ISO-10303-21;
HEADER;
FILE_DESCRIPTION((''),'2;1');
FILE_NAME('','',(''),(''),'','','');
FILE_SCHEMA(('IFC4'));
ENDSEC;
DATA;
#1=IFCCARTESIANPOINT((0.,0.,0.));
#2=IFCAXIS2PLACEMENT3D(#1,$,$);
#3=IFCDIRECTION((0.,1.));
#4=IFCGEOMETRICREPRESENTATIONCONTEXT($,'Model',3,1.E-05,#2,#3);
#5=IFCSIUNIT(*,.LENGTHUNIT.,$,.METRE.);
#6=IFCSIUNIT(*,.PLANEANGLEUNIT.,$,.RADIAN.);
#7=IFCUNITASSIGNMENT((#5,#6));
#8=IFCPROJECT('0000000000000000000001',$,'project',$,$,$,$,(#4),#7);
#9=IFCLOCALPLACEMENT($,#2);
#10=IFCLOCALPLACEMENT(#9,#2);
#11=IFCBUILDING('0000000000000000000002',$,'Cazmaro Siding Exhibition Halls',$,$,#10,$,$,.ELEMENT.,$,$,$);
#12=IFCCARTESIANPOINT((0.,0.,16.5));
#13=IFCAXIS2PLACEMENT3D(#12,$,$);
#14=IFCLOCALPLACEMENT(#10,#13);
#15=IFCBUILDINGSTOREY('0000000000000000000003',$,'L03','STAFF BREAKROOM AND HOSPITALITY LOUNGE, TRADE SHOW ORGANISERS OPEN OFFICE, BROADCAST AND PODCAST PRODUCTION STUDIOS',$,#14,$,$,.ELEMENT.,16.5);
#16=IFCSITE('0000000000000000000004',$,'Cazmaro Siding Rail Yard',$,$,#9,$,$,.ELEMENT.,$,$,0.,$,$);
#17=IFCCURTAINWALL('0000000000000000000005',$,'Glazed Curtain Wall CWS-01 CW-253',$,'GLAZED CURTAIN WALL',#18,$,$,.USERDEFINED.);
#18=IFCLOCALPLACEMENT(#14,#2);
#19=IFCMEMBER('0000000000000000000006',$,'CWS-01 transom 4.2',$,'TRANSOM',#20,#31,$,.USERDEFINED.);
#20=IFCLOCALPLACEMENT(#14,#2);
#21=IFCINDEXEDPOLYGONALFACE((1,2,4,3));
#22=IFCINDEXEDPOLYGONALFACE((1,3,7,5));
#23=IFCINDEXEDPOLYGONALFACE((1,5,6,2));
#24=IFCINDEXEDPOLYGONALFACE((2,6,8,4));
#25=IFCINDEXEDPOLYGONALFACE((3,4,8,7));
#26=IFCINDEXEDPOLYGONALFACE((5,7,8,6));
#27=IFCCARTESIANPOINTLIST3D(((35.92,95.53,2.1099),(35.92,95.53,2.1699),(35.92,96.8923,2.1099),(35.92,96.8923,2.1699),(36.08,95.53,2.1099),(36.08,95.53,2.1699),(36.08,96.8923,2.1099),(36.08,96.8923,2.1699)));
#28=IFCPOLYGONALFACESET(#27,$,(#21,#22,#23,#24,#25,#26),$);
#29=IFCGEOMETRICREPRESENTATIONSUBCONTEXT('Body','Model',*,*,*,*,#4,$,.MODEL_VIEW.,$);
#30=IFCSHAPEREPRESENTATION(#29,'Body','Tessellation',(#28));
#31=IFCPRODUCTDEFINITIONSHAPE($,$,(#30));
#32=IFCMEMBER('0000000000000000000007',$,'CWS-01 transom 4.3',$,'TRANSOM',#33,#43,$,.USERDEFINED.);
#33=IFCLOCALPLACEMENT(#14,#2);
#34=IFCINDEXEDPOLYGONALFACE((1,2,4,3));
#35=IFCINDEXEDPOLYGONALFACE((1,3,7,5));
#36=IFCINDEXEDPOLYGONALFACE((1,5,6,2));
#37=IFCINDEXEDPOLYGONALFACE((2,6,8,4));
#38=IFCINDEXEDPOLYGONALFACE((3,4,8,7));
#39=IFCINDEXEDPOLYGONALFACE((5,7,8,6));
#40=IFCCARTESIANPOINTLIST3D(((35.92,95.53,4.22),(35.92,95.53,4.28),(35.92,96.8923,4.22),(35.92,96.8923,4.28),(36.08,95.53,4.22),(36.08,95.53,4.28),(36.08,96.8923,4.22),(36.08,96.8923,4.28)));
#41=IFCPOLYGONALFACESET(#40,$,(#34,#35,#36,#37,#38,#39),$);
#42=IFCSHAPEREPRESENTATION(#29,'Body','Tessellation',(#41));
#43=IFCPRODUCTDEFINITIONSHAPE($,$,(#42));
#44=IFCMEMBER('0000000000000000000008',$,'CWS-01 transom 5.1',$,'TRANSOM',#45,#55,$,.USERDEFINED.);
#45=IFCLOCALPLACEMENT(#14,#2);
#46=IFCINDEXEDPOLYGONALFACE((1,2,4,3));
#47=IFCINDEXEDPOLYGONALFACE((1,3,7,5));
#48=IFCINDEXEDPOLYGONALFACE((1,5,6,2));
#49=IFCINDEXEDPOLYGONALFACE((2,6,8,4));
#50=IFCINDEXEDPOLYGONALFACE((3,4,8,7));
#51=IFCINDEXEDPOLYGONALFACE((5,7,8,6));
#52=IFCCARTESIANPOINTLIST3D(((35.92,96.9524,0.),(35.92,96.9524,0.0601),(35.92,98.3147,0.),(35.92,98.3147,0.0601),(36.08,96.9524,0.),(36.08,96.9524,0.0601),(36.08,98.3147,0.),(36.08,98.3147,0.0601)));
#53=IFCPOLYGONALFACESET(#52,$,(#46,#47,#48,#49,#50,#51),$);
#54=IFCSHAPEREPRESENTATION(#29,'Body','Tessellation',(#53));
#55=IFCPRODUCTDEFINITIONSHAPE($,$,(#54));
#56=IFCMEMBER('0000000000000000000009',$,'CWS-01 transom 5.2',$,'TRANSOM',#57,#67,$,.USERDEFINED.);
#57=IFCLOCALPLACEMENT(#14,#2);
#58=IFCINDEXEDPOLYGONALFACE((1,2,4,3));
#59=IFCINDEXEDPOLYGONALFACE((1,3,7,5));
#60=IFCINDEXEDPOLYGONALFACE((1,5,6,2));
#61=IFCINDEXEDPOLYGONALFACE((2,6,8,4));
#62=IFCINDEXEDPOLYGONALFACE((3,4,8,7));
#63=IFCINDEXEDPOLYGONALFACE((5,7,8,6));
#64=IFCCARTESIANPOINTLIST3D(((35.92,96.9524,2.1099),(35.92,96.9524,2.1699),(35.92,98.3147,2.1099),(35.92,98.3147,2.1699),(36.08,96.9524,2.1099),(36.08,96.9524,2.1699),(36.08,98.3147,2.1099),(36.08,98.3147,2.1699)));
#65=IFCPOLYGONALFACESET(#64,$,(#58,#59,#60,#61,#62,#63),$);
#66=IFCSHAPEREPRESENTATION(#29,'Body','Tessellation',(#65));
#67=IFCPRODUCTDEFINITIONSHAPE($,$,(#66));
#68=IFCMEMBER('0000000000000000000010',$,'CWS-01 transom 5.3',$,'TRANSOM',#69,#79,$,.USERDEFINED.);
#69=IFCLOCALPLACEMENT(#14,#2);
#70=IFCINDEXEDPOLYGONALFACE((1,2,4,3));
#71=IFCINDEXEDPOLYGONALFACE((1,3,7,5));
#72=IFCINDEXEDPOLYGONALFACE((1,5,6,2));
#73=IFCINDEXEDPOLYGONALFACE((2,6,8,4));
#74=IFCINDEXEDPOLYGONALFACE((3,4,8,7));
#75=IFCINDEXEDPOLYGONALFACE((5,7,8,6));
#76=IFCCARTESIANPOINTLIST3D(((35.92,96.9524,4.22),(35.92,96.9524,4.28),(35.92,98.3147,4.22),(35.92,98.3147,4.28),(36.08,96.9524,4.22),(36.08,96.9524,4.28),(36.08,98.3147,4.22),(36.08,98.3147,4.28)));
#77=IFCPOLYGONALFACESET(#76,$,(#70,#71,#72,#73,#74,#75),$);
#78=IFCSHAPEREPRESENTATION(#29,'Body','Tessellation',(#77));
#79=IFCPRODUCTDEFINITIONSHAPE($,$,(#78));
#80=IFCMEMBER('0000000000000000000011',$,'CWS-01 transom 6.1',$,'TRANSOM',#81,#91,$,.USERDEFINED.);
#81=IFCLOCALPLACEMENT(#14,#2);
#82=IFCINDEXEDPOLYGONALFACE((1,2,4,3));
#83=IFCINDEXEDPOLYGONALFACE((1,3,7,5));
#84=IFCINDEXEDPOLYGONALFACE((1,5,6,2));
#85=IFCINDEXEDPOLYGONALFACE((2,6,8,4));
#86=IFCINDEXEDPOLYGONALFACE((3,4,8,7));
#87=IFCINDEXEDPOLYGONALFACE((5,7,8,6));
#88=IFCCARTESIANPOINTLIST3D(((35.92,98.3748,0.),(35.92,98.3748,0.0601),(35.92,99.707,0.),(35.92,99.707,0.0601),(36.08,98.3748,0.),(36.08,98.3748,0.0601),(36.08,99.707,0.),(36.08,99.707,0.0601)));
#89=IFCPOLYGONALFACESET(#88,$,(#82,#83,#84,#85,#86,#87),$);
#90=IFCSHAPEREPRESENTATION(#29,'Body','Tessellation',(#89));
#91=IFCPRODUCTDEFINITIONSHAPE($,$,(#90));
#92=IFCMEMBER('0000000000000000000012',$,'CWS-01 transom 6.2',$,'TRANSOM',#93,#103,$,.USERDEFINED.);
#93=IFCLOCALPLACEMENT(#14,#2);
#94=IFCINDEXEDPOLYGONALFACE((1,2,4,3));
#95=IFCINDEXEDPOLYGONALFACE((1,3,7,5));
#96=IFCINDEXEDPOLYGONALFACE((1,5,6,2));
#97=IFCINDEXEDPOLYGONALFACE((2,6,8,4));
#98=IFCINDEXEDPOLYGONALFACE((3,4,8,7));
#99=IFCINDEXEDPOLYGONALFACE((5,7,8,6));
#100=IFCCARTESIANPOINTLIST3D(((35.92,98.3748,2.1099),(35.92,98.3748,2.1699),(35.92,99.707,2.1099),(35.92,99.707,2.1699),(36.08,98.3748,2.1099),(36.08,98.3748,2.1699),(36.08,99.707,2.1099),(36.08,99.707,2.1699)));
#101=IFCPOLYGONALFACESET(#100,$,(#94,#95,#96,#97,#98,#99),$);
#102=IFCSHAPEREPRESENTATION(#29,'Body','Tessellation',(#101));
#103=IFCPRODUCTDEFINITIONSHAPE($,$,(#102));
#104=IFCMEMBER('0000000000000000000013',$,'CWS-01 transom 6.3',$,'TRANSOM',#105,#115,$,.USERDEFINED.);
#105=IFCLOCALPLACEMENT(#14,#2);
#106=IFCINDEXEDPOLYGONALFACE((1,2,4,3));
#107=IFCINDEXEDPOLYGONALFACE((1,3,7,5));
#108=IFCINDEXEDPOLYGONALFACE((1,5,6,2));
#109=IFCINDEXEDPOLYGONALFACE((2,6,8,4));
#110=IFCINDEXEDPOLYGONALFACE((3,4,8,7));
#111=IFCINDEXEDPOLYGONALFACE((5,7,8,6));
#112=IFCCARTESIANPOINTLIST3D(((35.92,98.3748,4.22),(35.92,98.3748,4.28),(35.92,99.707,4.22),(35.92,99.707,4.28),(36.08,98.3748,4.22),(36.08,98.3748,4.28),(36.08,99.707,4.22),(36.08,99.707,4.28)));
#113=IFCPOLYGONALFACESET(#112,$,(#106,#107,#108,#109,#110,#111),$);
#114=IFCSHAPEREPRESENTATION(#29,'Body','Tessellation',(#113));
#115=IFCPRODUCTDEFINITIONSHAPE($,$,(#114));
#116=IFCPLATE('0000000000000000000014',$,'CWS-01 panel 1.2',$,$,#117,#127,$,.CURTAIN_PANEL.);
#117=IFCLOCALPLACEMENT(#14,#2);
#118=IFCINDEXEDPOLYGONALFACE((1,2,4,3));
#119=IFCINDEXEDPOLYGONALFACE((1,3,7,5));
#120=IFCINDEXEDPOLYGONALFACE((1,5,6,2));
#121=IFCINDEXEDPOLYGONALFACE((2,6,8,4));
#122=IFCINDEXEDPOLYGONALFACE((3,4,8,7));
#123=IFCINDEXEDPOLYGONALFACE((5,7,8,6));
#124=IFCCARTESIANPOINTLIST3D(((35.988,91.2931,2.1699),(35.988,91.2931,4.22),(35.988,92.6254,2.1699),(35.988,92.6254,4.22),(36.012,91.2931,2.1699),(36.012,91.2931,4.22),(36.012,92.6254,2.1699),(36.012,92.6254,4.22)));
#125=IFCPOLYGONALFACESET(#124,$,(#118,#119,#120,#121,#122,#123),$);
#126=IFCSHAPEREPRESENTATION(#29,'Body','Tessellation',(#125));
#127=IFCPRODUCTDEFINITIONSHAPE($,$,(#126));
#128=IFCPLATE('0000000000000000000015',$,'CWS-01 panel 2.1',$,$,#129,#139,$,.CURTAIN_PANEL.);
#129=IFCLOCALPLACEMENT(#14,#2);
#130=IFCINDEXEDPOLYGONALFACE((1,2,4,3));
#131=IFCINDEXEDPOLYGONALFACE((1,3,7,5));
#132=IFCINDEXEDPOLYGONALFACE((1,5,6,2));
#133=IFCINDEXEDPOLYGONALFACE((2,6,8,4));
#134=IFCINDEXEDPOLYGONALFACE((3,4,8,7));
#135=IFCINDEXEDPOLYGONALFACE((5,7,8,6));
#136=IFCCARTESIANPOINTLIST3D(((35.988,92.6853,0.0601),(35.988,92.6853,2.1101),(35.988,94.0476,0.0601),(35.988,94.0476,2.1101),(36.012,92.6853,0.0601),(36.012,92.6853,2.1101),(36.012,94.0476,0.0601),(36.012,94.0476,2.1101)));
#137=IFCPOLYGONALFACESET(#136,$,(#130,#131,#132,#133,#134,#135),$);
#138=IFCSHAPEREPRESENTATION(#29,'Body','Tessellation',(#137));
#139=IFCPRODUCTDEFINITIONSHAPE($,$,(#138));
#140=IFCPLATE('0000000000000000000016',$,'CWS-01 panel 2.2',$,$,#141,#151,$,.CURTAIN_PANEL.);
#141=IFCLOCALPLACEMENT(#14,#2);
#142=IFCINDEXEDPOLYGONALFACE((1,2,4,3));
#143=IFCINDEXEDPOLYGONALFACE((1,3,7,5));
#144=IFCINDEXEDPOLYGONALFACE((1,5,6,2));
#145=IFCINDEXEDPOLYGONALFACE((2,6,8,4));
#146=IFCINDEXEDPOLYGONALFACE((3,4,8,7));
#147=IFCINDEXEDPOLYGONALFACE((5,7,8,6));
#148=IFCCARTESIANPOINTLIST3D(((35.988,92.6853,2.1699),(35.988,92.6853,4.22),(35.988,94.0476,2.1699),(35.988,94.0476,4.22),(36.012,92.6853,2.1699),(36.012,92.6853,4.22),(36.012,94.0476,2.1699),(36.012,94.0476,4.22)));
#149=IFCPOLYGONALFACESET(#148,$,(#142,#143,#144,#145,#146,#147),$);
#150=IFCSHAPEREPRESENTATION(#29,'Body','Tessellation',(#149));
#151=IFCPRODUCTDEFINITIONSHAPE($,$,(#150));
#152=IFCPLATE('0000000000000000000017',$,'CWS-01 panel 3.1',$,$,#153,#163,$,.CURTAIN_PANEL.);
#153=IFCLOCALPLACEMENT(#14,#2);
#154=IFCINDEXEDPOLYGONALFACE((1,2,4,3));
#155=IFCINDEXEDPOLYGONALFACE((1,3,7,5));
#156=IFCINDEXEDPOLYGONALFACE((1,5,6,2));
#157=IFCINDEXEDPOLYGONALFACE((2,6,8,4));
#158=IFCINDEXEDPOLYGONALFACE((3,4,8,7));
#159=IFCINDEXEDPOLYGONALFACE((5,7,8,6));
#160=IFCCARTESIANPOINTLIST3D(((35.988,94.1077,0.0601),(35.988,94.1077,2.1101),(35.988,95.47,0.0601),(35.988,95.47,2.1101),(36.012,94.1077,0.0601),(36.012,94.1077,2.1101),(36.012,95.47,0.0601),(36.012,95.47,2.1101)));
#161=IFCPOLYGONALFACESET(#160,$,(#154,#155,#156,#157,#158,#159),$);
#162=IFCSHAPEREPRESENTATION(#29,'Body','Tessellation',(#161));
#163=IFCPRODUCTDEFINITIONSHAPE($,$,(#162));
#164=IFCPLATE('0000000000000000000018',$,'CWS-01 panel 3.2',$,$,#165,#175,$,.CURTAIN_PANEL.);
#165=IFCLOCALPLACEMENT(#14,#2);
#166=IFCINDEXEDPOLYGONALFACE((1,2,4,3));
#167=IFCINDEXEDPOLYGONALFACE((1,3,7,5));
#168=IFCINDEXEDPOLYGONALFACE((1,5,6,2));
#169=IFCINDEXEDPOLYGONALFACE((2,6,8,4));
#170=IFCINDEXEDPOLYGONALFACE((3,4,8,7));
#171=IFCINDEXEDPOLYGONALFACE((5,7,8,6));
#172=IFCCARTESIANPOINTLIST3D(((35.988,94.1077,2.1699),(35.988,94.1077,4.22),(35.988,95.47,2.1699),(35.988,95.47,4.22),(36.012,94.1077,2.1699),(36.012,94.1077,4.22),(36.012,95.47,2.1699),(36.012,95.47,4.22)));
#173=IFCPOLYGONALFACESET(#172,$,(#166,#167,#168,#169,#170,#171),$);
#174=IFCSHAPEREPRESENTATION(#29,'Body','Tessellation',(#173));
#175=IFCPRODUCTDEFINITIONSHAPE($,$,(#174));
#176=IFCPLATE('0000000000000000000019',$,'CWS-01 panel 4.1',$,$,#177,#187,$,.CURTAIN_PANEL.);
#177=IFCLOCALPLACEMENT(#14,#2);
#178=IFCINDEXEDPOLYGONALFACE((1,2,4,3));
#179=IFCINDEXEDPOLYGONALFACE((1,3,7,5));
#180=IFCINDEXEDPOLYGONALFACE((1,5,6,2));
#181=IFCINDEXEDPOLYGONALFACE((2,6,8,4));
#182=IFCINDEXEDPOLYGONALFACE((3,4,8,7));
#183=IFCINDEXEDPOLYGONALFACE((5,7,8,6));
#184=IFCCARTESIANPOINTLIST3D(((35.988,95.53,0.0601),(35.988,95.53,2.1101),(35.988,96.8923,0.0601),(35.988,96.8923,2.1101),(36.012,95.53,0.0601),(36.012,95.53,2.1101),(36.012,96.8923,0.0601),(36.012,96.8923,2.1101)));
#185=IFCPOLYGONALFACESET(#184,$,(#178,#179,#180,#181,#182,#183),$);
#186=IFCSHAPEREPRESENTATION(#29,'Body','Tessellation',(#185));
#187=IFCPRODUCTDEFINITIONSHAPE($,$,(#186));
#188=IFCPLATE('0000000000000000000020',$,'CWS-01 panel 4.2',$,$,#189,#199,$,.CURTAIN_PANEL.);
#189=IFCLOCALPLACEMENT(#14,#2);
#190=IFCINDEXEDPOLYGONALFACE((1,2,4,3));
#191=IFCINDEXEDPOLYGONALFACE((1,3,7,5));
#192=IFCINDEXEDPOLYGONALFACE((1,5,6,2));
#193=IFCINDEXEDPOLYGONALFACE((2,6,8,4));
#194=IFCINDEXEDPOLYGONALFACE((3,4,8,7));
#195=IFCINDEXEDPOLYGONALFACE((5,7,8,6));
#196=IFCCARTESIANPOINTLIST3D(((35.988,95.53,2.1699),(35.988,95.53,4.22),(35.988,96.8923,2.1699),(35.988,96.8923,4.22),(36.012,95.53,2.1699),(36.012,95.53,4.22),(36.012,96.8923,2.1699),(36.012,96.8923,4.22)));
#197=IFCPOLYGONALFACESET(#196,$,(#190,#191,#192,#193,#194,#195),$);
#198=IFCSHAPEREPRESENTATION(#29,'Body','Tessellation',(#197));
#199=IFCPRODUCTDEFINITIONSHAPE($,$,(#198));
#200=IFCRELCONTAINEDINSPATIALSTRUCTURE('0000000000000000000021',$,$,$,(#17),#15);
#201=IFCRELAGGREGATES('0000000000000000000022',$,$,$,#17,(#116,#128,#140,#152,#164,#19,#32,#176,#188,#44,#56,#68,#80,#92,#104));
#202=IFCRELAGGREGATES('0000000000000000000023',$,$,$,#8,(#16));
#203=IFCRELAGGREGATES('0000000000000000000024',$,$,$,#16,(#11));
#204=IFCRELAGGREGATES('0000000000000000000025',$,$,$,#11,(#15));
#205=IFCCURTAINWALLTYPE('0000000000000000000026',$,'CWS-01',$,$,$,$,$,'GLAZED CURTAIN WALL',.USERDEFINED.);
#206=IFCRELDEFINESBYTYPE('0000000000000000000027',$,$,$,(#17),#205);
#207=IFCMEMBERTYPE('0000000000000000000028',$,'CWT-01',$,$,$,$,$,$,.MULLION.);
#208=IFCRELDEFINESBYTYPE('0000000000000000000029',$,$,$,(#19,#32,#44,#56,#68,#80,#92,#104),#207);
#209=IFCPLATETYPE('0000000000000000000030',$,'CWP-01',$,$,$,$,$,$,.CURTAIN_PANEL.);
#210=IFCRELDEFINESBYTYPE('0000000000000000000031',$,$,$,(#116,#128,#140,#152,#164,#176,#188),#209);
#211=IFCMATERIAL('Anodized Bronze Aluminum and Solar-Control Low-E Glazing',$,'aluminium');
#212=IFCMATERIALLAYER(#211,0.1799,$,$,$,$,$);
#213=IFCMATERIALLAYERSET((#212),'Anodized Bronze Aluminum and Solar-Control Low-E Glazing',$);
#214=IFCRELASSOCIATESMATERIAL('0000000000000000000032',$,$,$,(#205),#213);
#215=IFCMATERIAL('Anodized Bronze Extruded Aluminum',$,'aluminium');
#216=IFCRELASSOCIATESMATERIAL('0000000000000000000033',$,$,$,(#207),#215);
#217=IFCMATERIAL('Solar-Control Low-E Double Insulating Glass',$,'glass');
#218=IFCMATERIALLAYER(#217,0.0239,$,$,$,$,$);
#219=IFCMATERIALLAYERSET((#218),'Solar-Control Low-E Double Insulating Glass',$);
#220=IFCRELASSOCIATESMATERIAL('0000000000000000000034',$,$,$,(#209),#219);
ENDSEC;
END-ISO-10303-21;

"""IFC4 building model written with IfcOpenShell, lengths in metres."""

from ifc_helpers import new_model, si_unit, direction, frame, origin, origin_2d, place, context, subcontext, project, spatial, rectangle, extrude, material, layer, layer_set, material_profile, profile_set, type_object, element, aggregate, save


model = new_model("IFC4")

# Units and contexts
model_context = context("Model", 3, precision=1e-05, world=origin(), true_north=direction((0.0, 1.0)))
body_context = subcontext(model_context, "Body", "Model", "MODEL_VIEW")
ifc_project = project(units=[si_unit("LENGTHUNIT", "METRE"), si_unit("PLANEANGLEUNIT", "RADIAN")], contexts=[model_context])

# Site, building, storey
site_placement = place(None, origin())
site = spatial("IfcSite", under=ifc_project, at=site_placement, Name="Cazmaro Siding Rail Yard", CompositionType="ELEMENT", RefElevation=0.0)
building_placement = place(site_placement, origin())
building = spatial("IfcBuilding", under=site, at=building_placement, Name="Cazmaro Siding Exhibition Halls", CompositionType="ELEMENT")
storey_placement = place(building_placement, frame((0.0, 0.0, 16.5)))
storey = spatial("IfcBuildingStorey", under=building, at=storey_placement, Name="L03", Description="STAFF BREAKROOM AND HOSPITALITY LOUNGE, TRADE SHOW ORGANISERS OPEN OFFICE, BROADCAST AND PODCAST PRODUCTION STUDIOS", CompositionType="ELEMENT", Elevation=16.5)

# Curtain wall, members, plates
ifc_material_1 = material(Name="Anodized Bronze Aluminum and Solar-Control Low-E Glazing", Category="aluminium")
ifc_layer_1 = layer(ifc_material_1, 0.1799)
ifc_layer_set_1 = layer_set([ifc_layer_1], Name="Anodized Bronze Aluminum and Solar-Control Low-E Glazing")
curtain_wall_type = type_object("IfcCurtainWallType", Name="CWS-01", ElementType="GLAZED CURTAIN WALL", PredefinedType="USERDEFINED", material=ifc_layer_set_1)
curtain_wall_placement = place(storey_placement, origin())
curtain_wall = element("IfcCurtainWall", 1, at=curtain_wall_placement, inside=storey, type_object=curtain_wall_type, Name="Glazed Curtain Wall CWS-01 CW-253", ObjectType="GLAZED CURTAIN WALL", PredefinedType="USERDEFINED")
ifc_material_2 = material(Name="Anodized Bronze Extruded Aluminum", Category="aluminium")
ifc_material_profile_1 = material_profile(ifc_material_2, rectangle(XDim=0.1599, YDim=0.0601, at=origin_2d()), Name="CWT-01")
ifc_profile_set_1 = profile_set([ifc_material_profile_1], Name="Anodized Bronze Extruded Aluminum")
member_type_1 = type_object("IfcMemberType", Name="CWT-01", PredefinedType="MULLION", material=ifc_profile_set_1)
member_1_placement = place(storey_placement, frame((36.0, 95.53, 2.1399), z_axis=(0.0, 1.0, 0.0), x_axis=(-1.0, 0.0, 0.0)))
member_1 = element("IfcMember", 2, at=member_1_placement, type_object=member_type_1, Name="CWS-01 transom 4.2", ObjectType="TRANSOM", PredefinedType="USERDEFINED", context=body_context, shape_type="SweptSolid", body=[
    extrude(rectangle(XDim=0.1599, YDim=0.0601, at=origin_2d()), origin(), (0.0, 0.0, 1.0), 1.3623),
])
member_2_placement = place(storey_placement, frame((36.0, 95.53, 4.25), z_axis=(0.0, 1.0, 0.0), x_axis=(-1.0, 0.0, 0.0)))
member_2 = element("IfcMember", 3, at=member_2_placement, type_object=member_type_1, Name="CWS-01 transom 4.3", ObjectType="TRANSOM", PredefinedType="USERDEFINED", context=body_context, shape_type="SweptSolid", body=[
    extrude(rectangle(XDim=0.1599, YDim=0.0601, at=origin_2d()), origin(), (0.0, 0.0, 1.0), 1.3623),
])
member_3_placement = place(storey_placement, frame((36.0, 96.9524, 0.03), z_axis=(0.0, 1.0, 0.0), x_axis=(-1.0, 0.0, 0.0)))
member_3 = element("IfcMember", 4, at=member_3_placement, type_object=member_type_1, Name="CWS-01 transom 5.1", ObjectType="TRANSOM", PredefinedType="USERDEFINED", context=body_context, shape_type="SweptSolid", body=[
    extrude(rectangle(XDim=0.1599, YDim=0.0601, at=origin_2d()), origin(), (0.0, 0.0, 1.0), 1.3623),
])
member_4_placement = place(storey_placement, frame((36.0, 96.9524, 2.1399), z_axis=(0.0, 1.0, 0.0), x_axis=(-1.0, 0.0, 0.0)))
member_4 = element("IfcMember", 5, at=member_4_placement, type_object=member_type_1, Name="CWS-01 transom 5.2", ObjectType="TRANSOM", PredefinedType="USERDEFINED", context=body_context, shape_type="SweptSolid", body=[
    extrude(rectangle(XDim=0.1599, YDim=0.0601, at=origin_2d()), origin(), (0.0, 0.0, 1.0), 1.3623),
])
member_5_placement = place(storey_placement, frame((36.0, 96.9524, 4.25), z_axis=(0.0, 1.0, 0.0), x_axis=(-1.0, 0.0, 0.0)))
member_5 = element("IfcMember", 6, at=member_5_placement, type_object=member_type_1, Name="CWS-01 transom 5.3", ObjectType="TRANSOM", PredefinedType="USERDEFINED", context=body_context, shape_type="SweptSolid", body=[
    extrude(rectangle(XDim=0.1599, YDim=0.0601, at=origin_2d()), origin(), (0.0, 0.0, 1.0), 1.3623),
])
member_6_placement = place(storey_placement, frame((36.0, 98.3748, 0.03), z_axis=(0.0, 1.0, 0.0), x_axis=(-1.0, 0.0, 0.0)))
member_6 = element("IfcMember", 7, at=member_6_placement, type_object=member_type_1, Name="CWS-01 transom 6.1", ObjectType="TRANSOM", PredefinedType="USERDEFINED", context=body_context, shape_type="SweptSolid", body=[
    extrude(rectangle(XDim=0.1599, YDim=0.0601, at=origin_2d()), origin(), (0.0, 0.0, 1.0), 1.3323),
])
member_7_placement = place(storey_placement, frame((36.0, 98.3748, 2.1399), z_axis=(0.0, 1.0, 0.0), x_axis=(-1.0, 0.0, 0.0)))
member_7 = element("IfcMember", 8, at=member_7_placement, type_object=member_type_1, Name="CWS-01 transom 6.2", ObjectType="TRANSOM", PredefinedType="USERDEFINED", context=body_context, shape_type="SweptSolid", body=[
    extrude(rectangle(XDim=0.1599, YDim=0.0601, at=origin_2d()), origin(), (0.0, 0.0, 1.0), 1.3323),
])
member_8_placement = place(storey_placement, frame((36.0, 98.3748, 4.25), z_axis=(0.0, 1.0, 0.0), x_axis=(-1.0, 0.0, 0.0)))
member_8 = element("IfcMember", 9, at=member_8_placement, type_object=member_type_1, Name="CWS-01 transom 6.3", ObjectType="TRANSOM", PredefinedType="USERDEFINED", context=body_context, shape_type="SweptSolid", body=[
    extrude(rectangle(XDim=0.1599, YDim=0.0601, at=origin_2d()), origin(), (0.0, 0.0, 1.0), 1.3323),
])
ifc_material_3 = material(Name="Solar-Control Low-E Double Insulating Glass", Category="glass")
ifc_layer_2 = layer(ifc_material_3, 0.0239)
ifc_layer_set_2 = layer_set([ifc_layer_2], Name="Solar-Control Low-E Double Insulating Glass")
plate_type = type_object("IfcPlateType", Name="CWP-01", PredefinedType="CURTAIN_PANEL", material=ifc_layer_set_2)
plate_1_placement = place(storey_placement, frame((36.0, 91.9592, 2.1699), z_axis=(0.0, 0.0, 1.0), x_axis=(0.0, 1.0, 0.0)))
plate_1 = element("IfcPlate", 10, at=plate_1_placement, type_object=plate_type, Name="CWS-01 panel 1.2", PredefinedType="CURTAIN_PANEL", context=body_context, shape_type="SweptSolid", body=[
    extrude(rectangle(XDim=1.3323, YDim=0.0239, at=origin_2d()), origin(), (0.0, 0.0, 1.0), 2.05),
])
plate_2_placement = place(storey_placement, frame((36.0, 93.3665, 0.0601), z_axis=(0.0, 0.0, 1.0), x_axis=(0.0, 1.0, 0.0)))
plate_2 = element("IfcPlate", 11, at=plate_2_placement, type_object=plate_type, Name="CWS-01 panel 2.1", PredefinedType="CURTAIN_PANEL", context=body_context, shape_type="SweptSolid", body=[
    extrude(rectangle(XDim=1.3623, YDim=0.0239, at=origin_2d()), origin(), (0.0, 0.0, 1.0), 2.05),
])
plate_3_placement = place(storey_placement, frame((36.0, 93.3665, 2.1699), z_axis=(0.0, 0.0, 1.0), x_axis=(0.0, 1.0, 0.0)))
plate_3 = element("IfcPlate", 12, at=plate_3_placement, type_object=plate_type, Name="CWS-01 panel 2.2", PredefinedType="CURTAIN_PANEL", context=body_context, shape_type="SweptSolid", body=[
    extrude(rectangle(XDim=1.3623, YDim=0.0239, at=origin_2d()), origin(), (0.0, 0.0, 1.0), 2.05),
])
plate_4_placement = place(storey_placement, frame((36.0, 94.7888, 0.0601), z_axis=(0.0, 0.0, 1.0), x_axis=(0.0, 1.0, 0.0)))
plate_4 = element("IfcPlate", 13, at=plate_4_placement, type_object=plate_type, Name="CWS-01 panel 3.1", PredefinedType="CURTAIN_PANEL", context=body_context, shape_type="SweptSolid", body=[
    extrude(rectangle(XDim=1.3623, YDim=0.0239, at=origin_2d()), origin(), (0.0, 0.0, 1.0), 2.05),
])
plate_5_placement = place(storey_placement, frame((36.0, 94.7888, 2.1699), z_axis=(0.0, 0.0, 1.0), x_axis=(0.0, 1.0, 0.0)))
plate_5 = element("IfcPlate", 14, at=plate_5_placement, type_object=plate_type, Name="CWS-01 panel 3.2", PredefinedType="CURTAIN_PANEL", context=body_context, shape_type="SweptSolid", body=[
    extrude(rectangle(XDim=1.3623, YDim=0.0239, at=origin_2d()), origin(), (0.0, 0.0, 1.0), 2.05),
])
plate_6_placement = place(storey_placement, frame((36.0, 96.2112, 0.0601), z_axis=(0.0, 0.0, 1.0), x_axis=(0.0, 1.0, 0.0)))
plate_6 = element("IfcPlate", 15, at=plate_6_placement, type_object=plate_type, Name="CWS-01 panel 4.1", PredefinedType="CURTAIN_PANEL", context=body_context, shape_type="SweptSolid", body=[
    extrude(rectangle(XDim=1.3623, YDim=0.0239, at=origin_2d()), origin(), (0.0, 0.0, 1.0), 2.05),
])
plate_7_placement = place(storey_placement, frame((36.0, 96.2112, 2.1699), z_axis=(0.0, 0.0, 1.0), x_axis=(0.0, 1.0, 0.0)))
plate_7 = element("IfcPlate", 16, at=plate_7_placement, type_object=plate_type, Name="CWS-01 panel 4.2", PredefinedType="CURTAIN_PANEL", context=body_context, shape_type="SweptSolid", body=[
    extrude(rectangle(XDim=1.3623, YDim=0.0239, at=origin_2d()), origin(), (0.0, 0.0, 1.0), 2.05),
])
aggregate(curtain_wall, [plate_1, plate_2, plate_3, plate_4, plate_5, member_1, member_2, plate_6, plate_7, member_3, member_4, member_5, member_6, member_7, member_8])

save(model, "model.ifc")
